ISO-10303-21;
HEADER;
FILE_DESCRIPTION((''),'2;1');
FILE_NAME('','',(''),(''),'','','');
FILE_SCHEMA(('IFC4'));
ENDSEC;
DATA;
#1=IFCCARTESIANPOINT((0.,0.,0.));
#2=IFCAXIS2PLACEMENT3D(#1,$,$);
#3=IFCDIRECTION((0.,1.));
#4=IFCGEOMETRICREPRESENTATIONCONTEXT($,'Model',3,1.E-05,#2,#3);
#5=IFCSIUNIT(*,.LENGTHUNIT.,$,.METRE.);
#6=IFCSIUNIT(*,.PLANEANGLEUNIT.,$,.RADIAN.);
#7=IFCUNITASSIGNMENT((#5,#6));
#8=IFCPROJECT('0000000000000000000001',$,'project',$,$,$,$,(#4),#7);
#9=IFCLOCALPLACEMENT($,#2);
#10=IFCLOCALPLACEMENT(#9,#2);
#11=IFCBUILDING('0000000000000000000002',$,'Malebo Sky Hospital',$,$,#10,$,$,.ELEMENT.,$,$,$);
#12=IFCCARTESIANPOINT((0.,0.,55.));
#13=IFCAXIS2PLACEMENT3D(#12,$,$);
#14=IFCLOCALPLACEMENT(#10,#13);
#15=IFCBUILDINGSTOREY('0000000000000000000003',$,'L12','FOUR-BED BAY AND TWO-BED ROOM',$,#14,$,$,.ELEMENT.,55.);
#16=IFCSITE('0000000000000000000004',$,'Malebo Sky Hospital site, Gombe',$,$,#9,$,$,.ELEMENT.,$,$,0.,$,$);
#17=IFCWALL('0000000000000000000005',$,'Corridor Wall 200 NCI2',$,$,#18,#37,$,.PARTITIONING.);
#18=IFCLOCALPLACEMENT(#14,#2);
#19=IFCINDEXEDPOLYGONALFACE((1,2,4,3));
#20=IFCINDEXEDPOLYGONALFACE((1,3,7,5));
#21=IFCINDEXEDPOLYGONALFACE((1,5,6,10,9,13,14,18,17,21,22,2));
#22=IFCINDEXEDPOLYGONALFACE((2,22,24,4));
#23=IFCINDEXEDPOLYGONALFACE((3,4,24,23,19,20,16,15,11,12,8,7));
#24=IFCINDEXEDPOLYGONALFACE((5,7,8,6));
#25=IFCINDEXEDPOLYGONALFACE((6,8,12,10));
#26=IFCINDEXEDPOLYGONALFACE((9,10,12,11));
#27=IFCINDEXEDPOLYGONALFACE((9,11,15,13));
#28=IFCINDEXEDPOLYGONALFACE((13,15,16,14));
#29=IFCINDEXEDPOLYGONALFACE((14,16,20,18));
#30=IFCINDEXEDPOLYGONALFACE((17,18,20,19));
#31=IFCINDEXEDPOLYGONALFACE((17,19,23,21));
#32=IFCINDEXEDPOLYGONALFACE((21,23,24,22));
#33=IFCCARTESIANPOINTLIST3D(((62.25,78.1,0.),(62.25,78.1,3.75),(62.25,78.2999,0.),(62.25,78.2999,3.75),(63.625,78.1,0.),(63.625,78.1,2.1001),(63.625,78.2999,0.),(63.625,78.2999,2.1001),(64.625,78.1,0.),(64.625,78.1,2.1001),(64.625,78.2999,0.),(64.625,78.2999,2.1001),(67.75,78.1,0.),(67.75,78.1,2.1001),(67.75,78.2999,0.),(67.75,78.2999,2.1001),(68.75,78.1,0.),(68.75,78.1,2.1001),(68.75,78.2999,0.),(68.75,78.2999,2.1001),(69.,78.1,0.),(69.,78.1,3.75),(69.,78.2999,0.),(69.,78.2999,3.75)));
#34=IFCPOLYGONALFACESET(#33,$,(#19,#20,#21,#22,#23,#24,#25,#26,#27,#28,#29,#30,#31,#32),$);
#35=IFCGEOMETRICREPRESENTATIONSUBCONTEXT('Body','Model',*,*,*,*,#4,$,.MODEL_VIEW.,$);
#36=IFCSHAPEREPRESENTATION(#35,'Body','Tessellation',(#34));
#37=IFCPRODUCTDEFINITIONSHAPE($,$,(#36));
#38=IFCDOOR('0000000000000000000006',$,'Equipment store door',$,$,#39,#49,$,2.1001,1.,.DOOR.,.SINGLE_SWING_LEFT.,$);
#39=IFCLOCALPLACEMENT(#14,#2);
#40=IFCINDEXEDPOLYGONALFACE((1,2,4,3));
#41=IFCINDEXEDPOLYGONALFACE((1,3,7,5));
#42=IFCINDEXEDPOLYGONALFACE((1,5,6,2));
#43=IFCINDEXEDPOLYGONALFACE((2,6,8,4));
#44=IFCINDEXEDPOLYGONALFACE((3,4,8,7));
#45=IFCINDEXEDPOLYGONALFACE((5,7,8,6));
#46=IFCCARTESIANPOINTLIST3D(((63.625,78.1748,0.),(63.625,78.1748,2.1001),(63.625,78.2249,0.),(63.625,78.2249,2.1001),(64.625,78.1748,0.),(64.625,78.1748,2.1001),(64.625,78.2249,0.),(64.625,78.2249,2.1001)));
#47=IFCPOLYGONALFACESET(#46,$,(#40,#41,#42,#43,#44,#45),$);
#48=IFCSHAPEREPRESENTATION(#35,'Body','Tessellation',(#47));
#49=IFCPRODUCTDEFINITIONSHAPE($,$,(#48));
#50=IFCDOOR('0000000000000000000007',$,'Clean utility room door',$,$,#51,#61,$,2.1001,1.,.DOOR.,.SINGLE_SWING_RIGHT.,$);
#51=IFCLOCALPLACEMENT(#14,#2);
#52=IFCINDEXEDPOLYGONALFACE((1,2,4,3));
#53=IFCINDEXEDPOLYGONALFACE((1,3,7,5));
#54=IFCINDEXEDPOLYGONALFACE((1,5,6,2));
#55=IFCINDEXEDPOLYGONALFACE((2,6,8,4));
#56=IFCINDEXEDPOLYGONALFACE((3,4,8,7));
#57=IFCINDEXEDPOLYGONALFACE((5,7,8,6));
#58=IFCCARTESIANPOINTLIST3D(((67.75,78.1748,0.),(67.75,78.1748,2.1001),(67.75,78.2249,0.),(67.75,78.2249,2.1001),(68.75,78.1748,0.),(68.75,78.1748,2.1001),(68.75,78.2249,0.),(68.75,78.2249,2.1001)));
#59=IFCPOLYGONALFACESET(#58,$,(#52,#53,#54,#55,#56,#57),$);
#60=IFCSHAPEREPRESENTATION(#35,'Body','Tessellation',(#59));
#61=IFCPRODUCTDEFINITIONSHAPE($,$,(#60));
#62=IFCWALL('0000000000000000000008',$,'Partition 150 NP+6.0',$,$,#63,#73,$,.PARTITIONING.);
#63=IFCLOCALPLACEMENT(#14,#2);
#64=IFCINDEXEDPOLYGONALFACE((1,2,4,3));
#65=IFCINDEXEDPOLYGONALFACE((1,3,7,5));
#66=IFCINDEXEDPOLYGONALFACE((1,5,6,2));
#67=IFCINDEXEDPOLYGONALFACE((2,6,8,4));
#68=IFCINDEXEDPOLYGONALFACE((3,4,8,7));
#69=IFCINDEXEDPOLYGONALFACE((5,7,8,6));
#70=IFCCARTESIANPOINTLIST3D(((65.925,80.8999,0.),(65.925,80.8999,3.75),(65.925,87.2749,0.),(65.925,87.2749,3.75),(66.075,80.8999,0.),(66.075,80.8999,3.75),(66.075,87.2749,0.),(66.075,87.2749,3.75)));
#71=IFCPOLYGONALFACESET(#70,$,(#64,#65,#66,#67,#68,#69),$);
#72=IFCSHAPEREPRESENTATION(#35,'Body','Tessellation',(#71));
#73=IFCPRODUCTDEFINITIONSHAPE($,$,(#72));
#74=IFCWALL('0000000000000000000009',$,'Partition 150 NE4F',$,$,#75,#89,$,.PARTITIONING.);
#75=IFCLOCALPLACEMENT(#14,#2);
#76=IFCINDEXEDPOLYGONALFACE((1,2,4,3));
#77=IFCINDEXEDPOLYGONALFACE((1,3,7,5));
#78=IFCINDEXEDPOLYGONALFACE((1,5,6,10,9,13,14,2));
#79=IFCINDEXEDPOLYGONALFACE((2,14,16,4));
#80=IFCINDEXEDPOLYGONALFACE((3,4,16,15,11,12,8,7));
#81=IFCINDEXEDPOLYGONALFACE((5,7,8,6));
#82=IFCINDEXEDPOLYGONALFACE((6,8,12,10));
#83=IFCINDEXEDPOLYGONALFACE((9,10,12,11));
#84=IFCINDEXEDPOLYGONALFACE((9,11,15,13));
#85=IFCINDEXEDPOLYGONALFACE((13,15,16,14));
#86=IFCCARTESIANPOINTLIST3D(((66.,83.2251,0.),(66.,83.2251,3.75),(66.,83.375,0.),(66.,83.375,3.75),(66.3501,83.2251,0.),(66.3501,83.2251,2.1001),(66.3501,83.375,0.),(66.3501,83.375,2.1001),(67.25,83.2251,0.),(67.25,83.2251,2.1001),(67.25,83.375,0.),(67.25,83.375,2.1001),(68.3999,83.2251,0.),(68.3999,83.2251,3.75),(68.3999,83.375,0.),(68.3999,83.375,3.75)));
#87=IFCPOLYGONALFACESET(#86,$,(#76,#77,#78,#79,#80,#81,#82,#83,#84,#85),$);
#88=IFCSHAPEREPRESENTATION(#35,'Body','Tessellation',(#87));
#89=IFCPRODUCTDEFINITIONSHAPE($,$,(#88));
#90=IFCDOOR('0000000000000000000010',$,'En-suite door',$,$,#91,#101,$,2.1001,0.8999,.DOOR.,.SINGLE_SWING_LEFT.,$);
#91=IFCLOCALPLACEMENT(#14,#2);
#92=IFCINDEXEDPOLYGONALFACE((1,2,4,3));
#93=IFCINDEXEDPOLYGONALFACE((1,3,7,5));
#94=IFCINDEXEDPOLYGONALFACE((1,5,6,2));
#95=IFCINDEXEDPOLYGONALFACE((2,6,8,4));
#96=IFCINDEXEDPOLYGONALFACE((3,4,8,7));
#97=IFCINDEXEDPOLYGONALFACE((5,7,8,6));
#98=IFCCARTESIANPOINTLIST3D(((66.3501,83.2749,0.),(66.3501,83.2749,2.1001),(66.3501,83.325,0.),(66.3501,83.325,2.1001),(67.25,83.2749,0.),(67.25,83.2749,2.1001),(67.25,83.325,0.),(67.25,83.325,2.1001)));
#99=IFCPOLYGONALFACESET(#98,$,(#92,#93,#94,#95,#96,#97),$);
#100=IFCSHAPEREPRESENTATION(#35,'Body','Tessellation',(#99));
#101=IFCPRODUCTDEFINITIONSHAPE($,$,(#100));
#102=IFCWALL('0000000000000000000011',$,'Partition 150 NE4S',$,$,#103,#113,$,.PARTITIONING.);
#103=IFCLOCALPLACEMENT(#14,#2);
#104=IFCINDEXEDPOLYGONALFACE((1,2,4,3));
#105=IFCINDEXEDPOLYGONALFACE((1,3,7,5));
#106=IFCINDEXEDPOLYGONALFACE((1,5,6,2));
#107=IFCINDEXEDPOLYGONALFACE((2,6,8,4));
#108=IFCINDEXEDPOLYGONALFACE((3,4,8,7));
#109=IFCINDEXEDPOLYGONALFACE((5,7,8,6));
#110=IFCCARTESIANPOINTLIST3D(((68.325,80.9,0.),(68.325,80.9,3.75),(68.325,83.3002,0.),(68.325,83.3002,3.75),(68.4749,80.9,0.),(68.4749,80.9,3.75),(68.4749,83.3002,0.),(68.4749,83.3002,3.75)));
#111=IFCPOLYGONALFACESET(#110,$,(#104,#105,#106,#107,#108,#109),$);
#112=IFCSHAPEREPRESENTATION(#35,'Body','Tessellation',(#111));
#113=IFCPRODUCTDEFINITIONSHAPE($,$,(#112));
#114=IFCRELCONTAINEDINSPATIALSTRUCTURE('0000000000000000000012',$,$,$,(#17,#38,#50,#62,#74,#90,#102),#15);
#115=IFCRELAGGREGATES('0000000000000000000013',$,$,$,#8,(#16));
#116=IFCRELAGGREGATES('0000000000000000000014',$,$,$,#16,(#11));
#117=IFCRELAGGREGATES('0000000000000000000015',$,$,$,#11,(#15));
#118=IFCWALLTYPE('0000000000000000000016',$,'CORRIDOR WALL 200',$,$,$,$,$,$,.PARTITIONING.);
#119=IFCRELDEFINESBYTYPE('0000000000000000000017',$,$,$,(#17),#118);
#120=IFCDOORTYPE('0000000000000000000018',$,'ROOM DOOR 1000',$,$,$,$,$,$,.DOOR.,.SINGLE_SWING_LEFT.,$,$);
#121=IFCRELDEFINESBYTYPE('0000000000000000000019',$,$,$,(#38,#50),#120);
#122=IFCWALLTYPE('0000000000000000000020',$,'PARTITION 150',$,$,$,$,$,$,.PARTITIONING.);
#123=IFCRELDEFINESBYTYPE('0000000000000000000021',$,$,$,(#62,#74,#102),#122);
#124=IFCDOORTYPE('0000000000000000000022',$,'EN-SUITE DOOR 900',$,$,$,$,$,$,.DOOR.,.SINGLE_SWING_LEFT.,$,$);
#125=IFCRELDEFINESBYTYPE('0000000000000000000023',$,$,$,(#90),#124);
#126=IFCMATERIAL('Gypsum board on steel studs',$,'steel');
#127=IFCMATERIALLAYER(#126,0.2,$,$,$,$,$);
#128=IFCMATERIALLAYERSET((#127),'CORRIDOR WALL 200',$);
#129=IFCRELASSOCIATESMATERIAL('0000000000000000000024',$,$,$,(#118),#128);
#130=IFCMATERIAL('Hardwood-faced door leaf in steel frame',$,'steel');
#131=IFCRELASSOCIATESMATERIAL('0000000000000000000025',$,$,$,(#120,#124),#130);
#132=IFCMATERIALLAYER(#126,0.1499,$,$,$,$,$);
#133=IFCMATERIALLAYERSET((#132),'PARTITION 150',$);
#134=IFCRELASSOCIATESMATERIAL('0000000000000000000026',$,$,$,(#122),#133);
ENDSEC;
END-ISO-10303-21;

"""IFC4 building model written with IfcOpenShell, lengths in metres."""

from ifc_helpers import new_model, si_unit, direction, frame, frame_2d, origin, place, context, subcontext, project, spatial, rectangle, extrude, material, layer, layer_set, type_object, element, fill, save


model = new_model("IFC4")

# Units and contexts
model_context = context("Model", 3, precision=1e-05, world=origin(), true_north=direction((0.0, 1.0)))
body_context = subcontext(model_context, "Body", "Model", "MODEL_VIEW")
ifc_project = project(units=[si_unit("LENGTHUNIT", "METRE"), si_unit("PLANEANGLEUNIT", "RADIAN")], contexts=[model_context])

# Site, building, storey
site_placement = place(None, origin())
site = spatial("IfcSite", under=ifc_project, at=site_placement, Name="Malebo Sky Hospital site, Gombe", CompositionType="ELEMENT", RefElevation=0.0)
building_placement = place(site_placement, origin())
building = spatial("IfcBuilding", under=site, at=building_placement, Name="Malebo Sky Hospital", CompositionType="ELEMENT")
storey_placement = place(building_placement, frame((0.0, 0.0, 55.0)))
storey = spatial("IfcBuildingStorey", under=building, at=storey_placement, Name="L12", Description="FOUR-BED BAY AND TWO-BED ROOM", CompositionType="ELEMENT", Elevation=55.0)

# Wall, openings, doors
ifc_material_1 = material(Name="Gypsum board on steel studs", Category="steel")
ifc_layer_1 = layer(ifc_material_1, 0.2)
ifc_layer_set_1 = layer_set([ifc_layer_1], Name="CORRIDOR WALL 200")
wall_type_1 = type_object("IfcWallType", Name="CORRIDOR WALL 200", PredefinedType="PARTITIONING", material=ifc_layer_set_1)
wall_1_placement = place(storey_placement, frame((62.25, 78.2, 0.0), z_axis=(0.0, 0.0, 1.0), x_axis=(1.0, 0.0, 0.0)))
wall_1 = element("IfcWall", 1, at=wall_1_placement, inside=storey, type_object=wall_type_1, Name="Corridor Wall 200 NCI2", PredefinedType="PARTITIONING", context=body_context, shape_type="SweptSolid", body=[
    extrude(rectangle(XDim=6.75, YDim=0.2, at=frame_2d((3.375, 0.0))), origin(), (0.0, 0.0, 1.0), 3.75),
])
opening_1_placement = place(wall_1_placement, frame((1.375, 0.0, 0.0)))
opening_1 = element("IfcOpeningElement", 2, at=opening_1_placement, cuts=wall_1, PredefinedType="OPENING", context=body_context, shape_type="SweptSolid", body=[
    extrude(rectangle(XDim=1.0, YDim=2.1001, at=frame_2d((0.5, 1.05))), frame((0.0, 0.1099, 0.0), z_axis=(0.0, -1.0, 0.0), x_axis=(1.0, 0.0, 0.0)), (0.0, 0.0, 1.0), 0.22),
])
opening_2_placement = place(wall_1_placement, frame((5.5, 0.0, 0.0)))
opening_2 = element("IfcOpeningElement", 3, at=opening_2_placement, cuts=wall_1, PredefinedType="OPENING", context=body_context, shape_type="SweptSolid", body=[
    extrude(rectangle(XDim=1.0, YDim=2.1001, at=frame_2d((0.5, 1.05))), frame((0.0, 0.1099, 0.0), z_axis=(0.0, -1.0, 0.0), x_axis=(1.0, 0.0, 0.0)), (0.0, 0.0, 1.0), 0.22),
])
ifc_material_2 = material(Name="Hardwood-faced door leaf in steel frame", Category="steel")
door_type_1 = type_object("IfcDoorType", Name="ROOM DOOR 1000", OperationType="SINGLE_SWING_LEFT", PredefinedType="DOOR", material=ifc_material_2)
door_1_placement = place(opening_1_placement, origin())
door_1 = element("IfcDoor", 4, at=door_1_placement, inside=storey, type_object=door_type_1, Name="Equipment store door", OperationType="SINGLE_SWING_LEFT", OverallHeight=2.1001, OverallWidth=1.0, PredefinedType="DOOR", context=body_context, shape_type="SweptSolid", body=[
    extrude(rectangle(XDim=1.0, YDim=2.1001, at=frame_2d((0.5, 1.05))), frame((0.0, 0.0249, 0.0), z_axis=(0.0, -1.0, 0.0), x_axis=(1.0, 0.0, 0.0)), (0.0, 0.0, 1.0), 0.05),
])
fill(opening_1, door_1)
door_2_placement = place(opening_2_placement, origin())
door_2 = element("IfcDoor", 5, at=door_2_placement, inside=storey, type_object=door_type_1, Name="Clean utility room door", OperationType="SINGLE_SWING_RIGHT", OverallHeight=2.1001, OverallWidth=1.0, PredefinedType="DOOR", context=body_context, shape_type="SweptSolid", body=[
    extrude(rectangle(XDim=1.0, YDim=2.1001, at=frame_2d((0.5, 1.05))), frame((0.0, 0.0249, 0.0), z_axis=(0.0, -1.0, 0.0), x_axis=(1.0, 0.0, 0.0)), (0.0, 0.0, 1.0), 0.05),
])
fill(opening_2, door_2)

# Wall
ifc_layer_2 = layer(ifc_material_1, 0.1499)
ifc_layer_set_2 = layer_set([ifc_layer_2], Name="PARTITION 150")
wall_type_2 = type_object("IfcWallType", Name="PARTITION 150", PredefinedType="PARTITIONING", material=ifc_layer_set_2)
wall_2_placement = place(storey_placement, frame((66.0, 80.8999, 0.0), z_axis=(0.0, 0.0, 1.0), x_axis=(0.0, 1.0, 0.0)))
element("IfcWall", 6, at=wall_2_placement, inside=storey, type_object=wall_type_2, Name="Partition 150 NP+6.0", PredefinedType="PARTITIONING", context=body_context, shape_type="SweptSolid", body=[
    extrude(rectangle(XDim=6.375, YDim=0.1499, at=frame_2d((3.1875, 0.0))), origin(), (0.0, 0.0, 1.0), 3.75),
])

# Wall, opening, door
wall_3_placement = place(storey_placement, frame((66.0, 83.3, 0.0), z_axis=(0.0, 0.0, 1.0), x_axis=(1.0, 0.0, 0.0)))
wall_3 = element("IfcWall", 7, at=wall_3_placement, inside=storey, type_object=wall_type_2, Name="Partition 150 NE4F", PredefinedType="PARTITIONING", context=body_context, shape_type="SweptSolid", body=[
    extrude(rectangle(XDim=2.3999, YDim=0.1499, at=frame_2d((1.2, 0.0))), origin(), (0.0, 0.0, 1.0), 3.75),
])
opening_3_placement = place(wall_3_placement, frame((0.3501, 0.0, 0.0)))
opening_3 = element("IfcOpeningElement", 8, at=opening_3_placement, cuts=wall_3, PredefinedType="OPENING", context=body_context, shape_type="SweptSolid", body=[
    extrude(rectangle(XDim=0.8999, YDim=2.1001, at=frame_2d((0.45, 1.05))), frame((0.0, 0.085, 0.0), z_axis=(0.0, -1.0, 0.0), x_axis=(1.0, 0.0, 0.0)), (0.0, 0.0, 1.0), 0.1699),
])
door_type_2 = type_object("IfcDoorType", Name="EN-SUITE DOOR 900", OperationType="SINGLE_SWING_LEFT", PredefinedType="DOOR", material=ifc_material_2)
door_3_placement = place(opening_3_placement, origin())
door_3 = element("IfcDoor", 9, at=door_3_placement, inside=storey, type_object=door_type_2, Name="En-suite door", OperationType="SINGLE_SWING_LEFT", OverallHeight=2.1001, OverallWidth=0.8999, PredefinedType="DOOR", context=body_context, shape_type="SweptSolid", body=[
    extrude(rectangle(XDim=0.8999, YDim=2.1001, at=frame_2d((0.45, 1.05))), frame((0.0, 0.0249, 0.0), z_axis=(0.0, -1.0, 0.0), x_axis=(1.0, 0.0, 0.0)), (0.0, 0.0, 1.0), 0.05),
])
fill(opening_3, door_3)

# Wall
wall_4_placement = place(storey_placement, frame((68.3999, 80.8999, 0.0), z_axis=(0.0, 0.0, 1.0), x_axis=(0.0, 1.0, 0.0)))
element("IfcWall", 10, at=wall_4_placement, inside=storey, type_object=wall_type_2, Name="Partition 150 NE4S", PredefinedType="PARTITIONING", context=body_context, shape_type="SweptSolid", body=[
    extrude(rectangle(XDim=2.4001, YDim=0.1499, at=frame_2d((1.2002, 0.0))), origin(), (0.0, 0.0, 1.0), 3.75),
])

save(model, "model.ifc")
